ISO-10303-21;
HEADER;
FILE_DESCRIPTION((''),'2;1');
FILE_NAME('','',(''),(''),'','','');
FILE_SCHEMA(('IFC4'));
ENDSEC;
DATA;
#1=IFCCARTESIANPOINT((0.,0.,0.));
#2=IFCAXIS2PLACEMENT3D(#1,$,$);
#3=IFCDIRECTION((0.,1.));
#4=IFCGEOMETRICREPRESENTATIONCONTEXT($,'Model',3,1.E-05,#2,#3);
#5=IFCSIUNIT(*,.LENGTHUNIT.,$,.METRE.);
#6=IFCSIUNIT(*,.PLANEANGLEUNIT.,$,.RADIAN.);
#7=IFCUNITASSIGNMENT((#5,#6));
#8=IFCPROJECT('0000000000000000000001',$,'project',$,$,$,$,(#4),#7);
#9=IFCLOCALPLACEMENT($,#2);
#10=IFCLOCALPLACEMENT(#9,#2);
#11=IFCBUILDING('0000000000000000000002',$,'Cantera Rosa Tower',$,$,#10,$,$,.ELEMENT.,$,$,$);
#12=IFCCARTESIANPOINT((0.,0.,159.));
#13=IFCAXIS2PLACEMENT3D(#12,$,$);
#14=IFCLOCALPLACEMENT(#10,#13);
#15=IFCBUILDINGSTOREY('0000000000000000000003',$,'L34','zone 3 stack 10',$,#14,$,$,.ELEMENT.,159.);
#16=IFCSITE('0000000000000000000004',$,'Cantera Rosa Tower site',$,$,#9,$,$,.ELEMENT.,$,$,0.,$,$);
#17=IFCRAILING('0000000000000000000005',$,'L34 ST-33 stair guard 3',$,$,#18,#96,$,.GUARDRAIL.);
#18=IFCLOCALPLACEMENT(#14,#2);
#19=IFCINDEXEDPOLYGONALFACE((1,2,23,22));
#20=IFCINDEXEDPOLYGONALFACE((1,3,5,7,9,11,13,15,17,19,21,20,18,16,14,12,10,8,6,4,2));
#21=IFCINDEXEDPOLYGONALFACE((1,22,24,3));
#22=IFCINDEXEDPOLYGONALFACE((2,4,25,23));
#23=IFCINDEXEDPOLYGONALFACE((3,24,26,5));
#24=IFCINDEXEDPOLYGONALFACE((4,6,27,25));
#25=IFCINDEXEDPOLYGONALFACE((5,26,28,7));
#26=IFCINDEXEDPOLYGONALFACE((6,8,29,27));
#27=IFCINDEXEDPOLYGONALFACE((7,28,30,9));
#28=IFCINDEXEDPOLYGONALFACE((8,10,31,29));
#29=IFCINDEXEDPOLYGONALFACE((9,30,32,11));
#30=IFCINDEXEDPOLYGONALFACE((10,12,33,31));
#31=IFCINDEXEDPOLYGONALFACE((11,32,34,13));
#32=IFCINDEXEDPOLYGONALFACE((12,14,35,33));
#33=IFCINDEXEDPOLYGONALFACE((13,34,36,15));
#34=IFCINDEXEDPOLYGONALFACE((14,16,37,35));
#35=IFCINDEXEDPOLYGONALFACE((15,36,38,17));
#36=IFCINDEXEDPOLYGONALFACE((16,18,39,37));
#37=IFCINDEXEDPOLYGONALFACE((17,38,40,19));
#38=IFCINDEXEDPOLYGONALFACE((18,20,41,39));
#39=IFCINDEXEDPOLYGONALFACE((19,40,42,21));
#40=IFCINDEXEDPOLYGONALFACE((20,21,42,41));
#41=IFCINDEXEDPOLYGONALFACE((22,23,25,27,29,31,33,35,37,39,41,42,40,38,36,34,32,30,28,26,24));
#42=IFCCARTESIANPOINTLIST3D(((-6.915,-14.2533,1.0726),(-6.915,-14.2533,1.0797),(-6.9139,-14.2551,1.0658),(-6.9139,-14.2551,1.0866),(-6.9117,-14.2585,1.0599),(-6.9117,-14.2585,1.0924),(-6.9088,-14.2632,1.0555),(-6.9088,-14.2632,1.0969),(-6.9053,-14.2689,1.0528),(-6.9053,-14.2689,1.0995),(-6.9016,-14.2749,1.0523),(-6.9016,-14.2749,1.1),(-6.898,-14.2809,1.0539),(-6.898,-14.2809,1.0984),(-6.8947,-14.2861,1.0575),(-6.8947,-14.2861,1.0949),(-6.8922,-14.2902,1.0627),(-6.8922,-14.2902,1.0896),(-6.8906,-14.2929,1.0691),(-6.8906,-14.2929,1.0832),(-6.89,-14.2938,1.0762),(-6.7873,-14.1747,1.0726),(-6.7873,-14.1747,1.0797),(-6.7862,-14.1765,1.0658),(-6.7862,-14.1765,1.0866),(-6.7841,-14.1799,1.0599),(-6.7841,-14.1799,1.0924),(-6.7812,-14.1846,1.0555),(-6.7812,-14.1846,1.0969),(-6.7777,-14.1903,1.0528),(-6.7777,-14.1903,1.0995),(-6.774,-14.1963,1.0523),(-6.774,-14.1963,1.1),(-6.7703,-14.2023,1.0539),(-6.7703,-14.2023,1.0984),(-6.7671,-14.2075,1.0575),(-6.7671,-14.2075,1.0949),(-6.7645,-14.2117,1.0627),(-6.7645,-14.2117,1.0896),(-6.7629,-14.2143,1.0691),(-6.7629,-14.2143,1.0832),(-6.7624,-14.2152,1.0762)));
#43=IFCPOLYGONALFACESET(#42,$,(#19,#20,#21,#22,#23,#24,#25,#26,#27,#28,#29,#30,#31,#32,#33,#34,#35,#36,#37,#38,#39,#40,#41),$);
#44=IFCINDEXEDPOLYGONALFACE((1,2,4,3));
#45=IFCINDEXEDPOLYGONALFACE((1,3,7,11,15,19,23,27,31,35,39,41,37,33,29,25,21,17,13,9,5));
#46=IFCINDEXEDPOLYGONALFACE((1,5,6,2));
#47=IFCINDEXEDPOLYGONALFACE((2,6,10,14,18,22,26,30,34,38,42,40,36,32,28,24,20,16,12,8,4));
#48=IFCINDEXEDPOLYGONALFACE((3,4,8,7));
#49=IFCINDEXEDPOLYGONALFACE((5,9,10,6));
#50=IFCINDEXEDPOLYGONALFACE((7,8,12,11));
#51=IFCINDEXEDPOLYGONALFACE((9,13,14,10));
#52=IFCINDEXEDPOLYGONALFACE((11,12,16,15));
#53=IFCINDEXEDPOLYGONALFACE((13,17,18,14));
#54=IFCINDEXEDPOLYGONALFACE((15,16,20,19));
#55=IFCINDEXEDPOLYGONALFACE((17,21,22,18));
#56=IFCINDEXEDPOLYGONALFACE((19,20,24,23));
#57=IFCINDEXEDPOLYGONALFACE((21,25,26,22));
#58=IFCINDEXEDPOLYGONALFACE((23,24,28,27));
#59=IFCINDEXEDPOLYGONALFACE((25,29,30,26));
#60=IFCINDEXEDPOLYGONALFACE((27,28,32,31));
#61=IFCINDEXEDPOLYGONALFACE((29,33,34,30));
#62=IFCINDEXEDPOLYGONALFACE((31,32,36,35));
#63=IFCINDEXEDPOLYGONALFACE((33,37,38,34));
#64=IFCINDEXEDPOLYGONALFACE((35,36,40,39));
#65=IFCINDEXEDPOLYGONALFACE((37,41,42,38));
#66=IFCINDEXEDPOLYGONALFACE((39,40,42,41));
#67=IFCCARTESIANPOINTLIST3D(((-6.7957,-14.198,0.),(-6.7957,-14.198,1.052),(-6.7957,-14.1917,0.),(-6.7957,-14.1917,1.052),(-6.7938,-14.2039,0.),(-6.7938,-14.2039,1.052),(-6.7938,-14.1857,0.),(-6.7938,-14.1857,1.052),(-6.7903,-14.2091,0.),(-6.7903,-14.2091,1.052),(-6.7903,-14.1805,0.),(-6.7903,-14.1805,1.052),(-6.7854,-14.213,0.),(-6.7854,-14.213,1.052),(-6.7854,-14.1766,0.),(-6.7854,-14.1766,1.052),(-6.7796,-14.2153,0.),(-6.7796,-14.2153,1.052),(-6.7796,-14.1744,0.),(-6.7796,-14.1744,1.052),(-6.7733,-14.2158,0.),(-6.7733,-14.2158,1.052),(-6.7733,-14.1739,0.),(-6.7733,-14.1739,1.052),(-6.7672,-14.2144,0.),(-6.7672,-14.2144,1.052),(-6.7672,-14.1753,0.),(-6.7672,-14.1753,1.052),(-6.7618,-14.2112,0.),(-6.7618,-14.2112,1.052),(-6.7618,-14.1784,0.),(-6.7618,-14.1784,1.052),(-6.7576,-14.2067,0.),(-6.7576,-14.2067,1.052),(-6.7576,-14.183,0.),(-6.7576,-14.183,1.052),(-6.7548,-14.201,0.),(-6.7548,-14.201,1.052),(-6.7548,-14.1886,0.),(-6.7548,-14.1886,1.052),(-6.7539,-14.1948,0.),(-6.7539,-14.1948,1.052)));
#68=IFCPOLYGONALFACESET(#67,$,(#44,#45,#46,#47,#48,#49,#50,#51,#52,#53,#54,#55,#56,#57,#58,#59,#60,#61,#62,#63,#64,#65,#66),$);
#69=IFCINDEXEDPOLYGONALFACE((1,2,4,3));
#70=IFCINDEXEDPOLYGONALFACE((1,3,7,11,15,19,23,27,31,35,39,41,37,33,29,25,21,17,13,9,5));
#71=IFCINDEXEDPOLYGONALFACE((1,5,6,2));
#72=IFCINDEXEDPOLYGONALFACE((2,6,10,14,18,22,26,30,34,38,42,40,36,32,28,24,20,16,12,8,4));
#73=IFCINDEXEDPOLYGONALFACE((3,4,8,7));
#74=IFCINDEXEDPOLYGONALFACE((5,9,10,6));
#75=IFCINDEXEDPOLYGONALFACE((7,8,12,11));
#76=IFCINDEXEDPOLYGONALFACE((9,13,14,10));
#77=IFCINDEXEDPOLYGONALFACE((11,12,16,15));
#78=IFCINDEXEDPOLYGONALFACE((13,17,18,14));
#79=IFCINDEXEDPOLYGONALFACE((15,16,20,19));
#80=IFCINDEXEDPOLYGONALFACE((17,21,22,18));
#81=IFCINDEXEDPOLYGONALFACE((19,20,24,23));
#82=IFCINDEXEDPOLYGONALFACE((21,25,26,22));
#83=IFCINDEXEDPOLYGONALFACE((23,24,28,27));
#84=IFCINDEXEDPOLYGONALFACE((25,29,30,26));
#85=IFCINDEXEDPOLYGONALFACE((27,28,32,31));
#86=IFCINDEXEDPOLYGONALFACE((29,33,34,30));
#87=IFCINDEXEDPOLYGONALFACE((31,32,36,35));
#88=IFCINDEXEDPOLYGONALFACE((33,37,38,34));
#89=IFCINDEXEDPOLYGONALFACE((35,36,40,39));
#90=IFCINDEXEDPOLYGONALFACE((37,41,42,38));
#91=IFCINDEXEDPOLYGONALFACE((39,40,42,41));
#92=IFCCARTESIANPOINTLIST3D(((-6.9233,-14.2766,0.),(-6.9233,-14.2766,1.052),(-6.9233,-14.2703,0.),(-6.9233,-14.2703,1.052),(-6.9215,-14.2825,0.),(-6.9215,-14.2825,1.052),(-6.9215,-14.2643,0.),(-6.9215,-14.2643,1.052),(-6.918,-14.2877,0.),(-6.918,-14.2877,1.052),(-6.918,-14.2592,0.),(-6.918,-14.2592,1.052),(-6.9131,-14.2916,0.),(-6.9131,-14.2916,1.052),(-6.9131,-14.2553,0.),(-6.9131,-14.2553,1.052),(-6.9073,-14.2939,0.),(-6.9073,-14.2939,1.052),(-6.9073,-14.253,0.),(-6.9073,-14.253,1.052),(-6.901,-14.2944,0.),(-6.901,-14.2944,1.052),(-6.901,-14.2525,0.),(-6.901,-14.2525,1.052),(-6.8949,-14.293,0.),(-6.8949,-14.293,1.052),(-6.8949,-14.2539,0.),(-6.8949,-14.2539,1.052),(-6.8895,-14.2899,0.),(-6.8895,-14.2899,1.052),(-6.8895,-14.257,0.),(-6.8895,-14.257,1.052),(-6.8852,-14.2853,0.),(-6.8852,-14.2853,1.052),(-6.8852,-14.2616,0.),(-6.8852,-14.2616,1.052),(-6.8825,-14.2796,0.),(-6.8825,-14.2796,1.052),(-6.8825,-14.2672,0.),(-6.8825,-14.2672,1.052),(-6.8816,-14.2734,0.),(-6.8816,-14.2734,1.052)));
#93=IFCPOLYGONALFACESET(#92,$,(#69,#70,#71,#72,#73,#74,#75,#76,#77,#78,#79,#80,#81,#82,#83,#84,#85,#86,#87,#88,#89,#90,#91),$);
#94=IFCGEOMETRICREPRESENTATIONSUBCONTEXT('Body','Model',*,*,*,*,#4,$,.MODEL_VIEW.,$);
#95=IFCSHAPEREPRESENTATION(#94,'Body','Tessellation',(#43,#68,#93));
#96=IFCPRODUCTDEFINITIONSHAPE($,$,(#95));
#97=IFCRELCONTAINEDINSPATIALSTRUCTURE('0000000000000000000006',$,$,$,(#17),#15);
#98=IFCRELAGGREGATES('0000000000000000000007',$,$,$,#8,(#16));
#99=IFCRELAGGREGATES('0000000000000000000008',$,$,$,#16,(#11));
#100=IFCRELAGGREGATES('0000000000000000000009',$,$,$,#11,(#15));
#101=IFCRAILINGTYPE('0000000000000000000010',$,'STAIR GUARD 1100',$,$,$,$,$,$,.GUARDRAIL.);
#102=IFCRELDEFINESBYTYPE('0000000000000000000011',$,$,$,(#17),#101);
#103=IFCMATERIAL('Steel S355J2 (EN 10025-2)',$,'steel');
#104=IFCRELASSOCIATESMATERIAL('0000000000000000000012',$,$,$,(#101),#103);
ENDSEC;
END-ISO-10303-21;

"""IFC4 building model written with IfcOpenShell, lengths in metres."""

from ifc_helpers import new_model, si_unit, direction, frame, origin, origin_2d, place, context, subcontext, project, spatial, circle, extrude, material, type_object, element, save


model = new_model("IFC4")

# Units and contexts
model_context = context("Model", 3, precision=1e-05, world=origin(), true_north=direction((0.0, 1.0)))
body_context = subcontext(model_context, "Body", "Model", "MODEL_VIEW")
ifc_project = project(units=[si_unit("LENGTHUNIT", "METRE"), si_unit("PLANEANGLEUNIT", "RADIAN")], contexts=[model_context])

# Site, building, storey
site_placement = place(None, origin())
site = spatial("IfcSite", under=ifc_project, at=site_placement, Name="Cantera Rosa Tower site", CompositionType="ELEMENT", RefElevation=0.0)
building_placement = place(site_placement, origin())
building = spatial("IfcBuilding", under=site, at=building_placement, Name="Cantera Rosa Tower", CompositionType="ELEMENT")
storey_placement = place(building_placement, frame((0.0, 0.0, 159.0)))
storey = spatial("IfcBuildingStorey", under=building, at=storey_placement, Name="L34", Description="zone 3 stack 10", CompositionType="ELEMENT", Elevation=159.0)

# Railing
ifc_material_1 = material(Name="Steel S355J2 (EN 10025-2)", Category="steel")
railing_type_1 = type_object("IfcRailingType", Name="STAIR GUARD 1100", PredefinedType="GUARDRAIL", material=ifc_material_1)
railing_1_placement = place(storey_placement, frame((-6.7749, -14.1948, 0.0)))
element("IfcRailing", 1, at=railing_1_placement, inside=storey, type_object=railing_type_1, Name="L34 ST-33 stair guard 3", PredefinedType="GUARDRAIL", context=body_context, shape_type="SweptSolid", body=[
    extrude(circle(Radius=0.0239, at=origin_2d()), frame((0.0, 0.0, 1.0762), z_axis=(-0.851546, -0.524279, 0.0), x_axis=(0.524279, -0.851546, 0.0)), (0.0, 0.0, 1.0), 0.1499),
    extrude(circle(Radius=0.021, at=origin_2d()), origin(), (0.0, 0.0, 1.0), 1.052),
    extrude(circle(Radius=0.021, at=origin_2d()), frame((-0.1277, -0.0786, 0.0)), (0.0, 0.0, 1.0), 1.052),
])

save(model, "model.ifc")
